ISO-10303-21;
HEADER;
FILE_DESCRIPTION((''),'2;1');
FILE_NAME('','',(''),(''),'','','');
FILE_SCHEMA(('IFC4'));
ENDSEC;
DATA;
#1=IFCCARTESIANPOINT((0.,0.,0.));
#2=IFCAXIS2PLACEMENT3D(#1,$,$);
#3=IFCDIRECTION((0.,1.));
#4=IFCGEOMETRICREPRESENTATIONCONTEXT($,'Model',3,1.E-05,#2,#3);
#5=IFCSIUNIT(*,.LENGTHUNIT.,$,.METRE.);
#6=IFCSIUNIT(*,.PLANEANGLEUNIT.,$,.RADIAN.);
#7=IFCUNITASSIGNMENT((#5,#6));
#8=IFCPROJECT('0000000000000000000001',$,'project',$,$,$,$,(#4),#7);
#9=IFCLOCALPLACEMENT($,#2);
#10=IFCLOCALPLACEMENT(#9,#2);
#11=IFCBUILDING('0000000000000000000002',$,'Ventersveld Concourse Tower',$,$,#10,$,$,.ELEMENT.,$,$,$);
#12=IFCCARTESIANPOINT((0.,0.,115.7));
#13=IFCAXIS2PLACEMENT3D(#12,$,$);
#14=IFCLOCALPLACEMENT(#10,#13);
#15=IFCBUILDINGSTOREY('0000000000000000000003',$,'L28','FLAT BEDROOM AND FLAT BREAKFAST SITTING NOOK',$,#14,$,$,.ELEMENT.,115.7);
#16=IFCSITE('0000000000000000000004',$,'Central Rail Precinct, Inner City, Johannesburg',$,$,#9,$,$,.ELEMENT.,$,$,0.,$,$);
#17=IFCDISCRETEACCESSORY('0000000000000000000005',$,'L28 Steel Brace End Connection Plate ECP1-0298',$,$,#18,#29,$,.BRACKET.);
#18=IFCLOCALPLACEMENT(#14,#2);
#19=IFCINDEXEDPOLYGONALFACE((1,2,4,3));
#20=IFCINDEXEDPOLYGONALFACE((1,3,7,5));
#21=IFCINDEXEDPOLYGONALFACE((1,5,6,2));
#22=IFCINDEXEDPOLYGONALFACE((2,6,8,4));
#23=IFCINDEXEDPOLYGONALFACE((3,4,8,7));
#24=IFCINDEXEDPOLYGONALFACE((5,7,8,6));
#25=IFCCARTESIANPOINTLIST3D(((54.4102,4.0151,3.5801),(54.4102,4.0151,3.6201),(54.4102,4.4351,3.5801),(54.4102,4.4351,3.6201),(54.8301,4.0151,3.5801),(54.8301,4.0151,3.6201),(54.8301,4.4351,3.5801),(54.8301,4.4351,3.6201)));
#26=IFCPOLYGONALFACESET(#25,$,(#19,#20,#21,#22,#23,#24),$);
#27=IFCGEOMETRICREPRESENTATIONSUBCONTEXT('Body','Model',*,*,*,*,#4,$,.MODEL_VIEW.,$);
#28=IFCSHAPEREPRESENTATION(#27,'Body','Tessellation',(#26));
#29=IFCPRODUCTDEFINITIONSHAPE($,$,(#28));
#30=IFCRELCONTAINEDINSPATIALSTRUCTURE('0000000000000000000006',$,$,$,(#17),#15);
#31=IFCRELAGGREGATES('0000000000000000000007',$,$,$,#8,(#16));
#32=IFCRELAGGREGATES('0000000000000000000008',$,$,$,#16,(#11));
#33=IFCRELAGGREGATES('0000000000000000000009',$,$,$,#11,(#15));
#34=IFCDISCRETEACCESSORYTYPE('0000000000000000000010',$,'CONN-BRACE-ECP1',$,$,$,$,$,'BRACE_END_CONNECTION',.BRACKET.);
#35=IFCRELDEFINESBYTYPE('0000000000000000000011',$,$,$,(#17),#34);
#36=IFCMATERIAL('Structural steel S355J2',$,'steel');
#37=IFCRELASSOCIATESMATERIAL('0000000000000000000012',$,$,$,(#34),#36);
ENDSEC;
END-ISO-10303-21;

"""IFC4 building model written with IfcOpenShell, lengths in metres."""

from ifc_helpers import new_model, si_unit, direction, frame, origin, origin_2d, place, context, subcontext, project, spatial, rectangle, extrude, material, type_object, element, save


model = new_model("IFC4")

# Units and contexts
model_context = context("Model", 3, precision=1e-05, world=origin(), true_north=direction((0.0, 1.0)))
body_context = subcontext(model_context, "Body", "Model", "MODEL_VIEW")
ifc_project = project(units=[si_unit("LENGTHUNIT", "METRE"), si_unit("PLANEANGLEUNIT", "RADIAN")], contexts=[model_context])

# Site, building, storey
site_placement = place(None, origin())
site = spatial("IfcSite", under=ifc_project, at=site_placement, Name="Central Rail Precinct, Inner City, Johannesburg", CompositionType="ELEMENT", RefElevation=0.0)
building_placement = place(site_placement, origin())
building = spatial("IfcBuilding", under=site, at=building_placement, Name="Ventersveld Concourse Tower", CompositionType="ELEMENT")
storey_placement = place(building_placement, frame((0.0, 0.0, 115.7)))
storey = spatial("IfcBuildingStorey", under=building, at=storey_placement, Name="L28", Description="FLAT BEDROOM AND FLAT BREAKFAST SITTING NOOK", CompositionType="ELEMENT", Elevation=115.7)

# Shared definitions
ifc_material_1 = material(Name="Structural steel S355J2", Category="steel")

# Discrete accessory
discrete_accessory_type = type_object("IfcDiscreteAccessoryType", Name="CONN-BRACE-ECP1", ElementType="BRACE_END_CONNECTION", PredefinedType="BRACKET", material=ifc_material_1)
discrete_accessory_placement = place(storey_placement, frame((54.6201, 4.2251, 3.5801), z_axis=(0.0, 0.0, 1.0), x_axis=(1.0, 0.0, 0.0)))
element("IfcDiscreteAccessory", 1, at=discrete_accessory_placement, inside=storey, type_object=discrete_accessory_type, Name="L28 Steel Brace End Connection Plate ECP1-0298", PredefinedType="BRACKET", context=body_context, shape_type="SweptSolid", body=[
    extrude(rectangle(XDim=0.4199, YDim=0.4199, at=origin_2d()), origin(), (0.0, 0.0, 1.0), 0.04),
])

save(model, "model.ifc")
